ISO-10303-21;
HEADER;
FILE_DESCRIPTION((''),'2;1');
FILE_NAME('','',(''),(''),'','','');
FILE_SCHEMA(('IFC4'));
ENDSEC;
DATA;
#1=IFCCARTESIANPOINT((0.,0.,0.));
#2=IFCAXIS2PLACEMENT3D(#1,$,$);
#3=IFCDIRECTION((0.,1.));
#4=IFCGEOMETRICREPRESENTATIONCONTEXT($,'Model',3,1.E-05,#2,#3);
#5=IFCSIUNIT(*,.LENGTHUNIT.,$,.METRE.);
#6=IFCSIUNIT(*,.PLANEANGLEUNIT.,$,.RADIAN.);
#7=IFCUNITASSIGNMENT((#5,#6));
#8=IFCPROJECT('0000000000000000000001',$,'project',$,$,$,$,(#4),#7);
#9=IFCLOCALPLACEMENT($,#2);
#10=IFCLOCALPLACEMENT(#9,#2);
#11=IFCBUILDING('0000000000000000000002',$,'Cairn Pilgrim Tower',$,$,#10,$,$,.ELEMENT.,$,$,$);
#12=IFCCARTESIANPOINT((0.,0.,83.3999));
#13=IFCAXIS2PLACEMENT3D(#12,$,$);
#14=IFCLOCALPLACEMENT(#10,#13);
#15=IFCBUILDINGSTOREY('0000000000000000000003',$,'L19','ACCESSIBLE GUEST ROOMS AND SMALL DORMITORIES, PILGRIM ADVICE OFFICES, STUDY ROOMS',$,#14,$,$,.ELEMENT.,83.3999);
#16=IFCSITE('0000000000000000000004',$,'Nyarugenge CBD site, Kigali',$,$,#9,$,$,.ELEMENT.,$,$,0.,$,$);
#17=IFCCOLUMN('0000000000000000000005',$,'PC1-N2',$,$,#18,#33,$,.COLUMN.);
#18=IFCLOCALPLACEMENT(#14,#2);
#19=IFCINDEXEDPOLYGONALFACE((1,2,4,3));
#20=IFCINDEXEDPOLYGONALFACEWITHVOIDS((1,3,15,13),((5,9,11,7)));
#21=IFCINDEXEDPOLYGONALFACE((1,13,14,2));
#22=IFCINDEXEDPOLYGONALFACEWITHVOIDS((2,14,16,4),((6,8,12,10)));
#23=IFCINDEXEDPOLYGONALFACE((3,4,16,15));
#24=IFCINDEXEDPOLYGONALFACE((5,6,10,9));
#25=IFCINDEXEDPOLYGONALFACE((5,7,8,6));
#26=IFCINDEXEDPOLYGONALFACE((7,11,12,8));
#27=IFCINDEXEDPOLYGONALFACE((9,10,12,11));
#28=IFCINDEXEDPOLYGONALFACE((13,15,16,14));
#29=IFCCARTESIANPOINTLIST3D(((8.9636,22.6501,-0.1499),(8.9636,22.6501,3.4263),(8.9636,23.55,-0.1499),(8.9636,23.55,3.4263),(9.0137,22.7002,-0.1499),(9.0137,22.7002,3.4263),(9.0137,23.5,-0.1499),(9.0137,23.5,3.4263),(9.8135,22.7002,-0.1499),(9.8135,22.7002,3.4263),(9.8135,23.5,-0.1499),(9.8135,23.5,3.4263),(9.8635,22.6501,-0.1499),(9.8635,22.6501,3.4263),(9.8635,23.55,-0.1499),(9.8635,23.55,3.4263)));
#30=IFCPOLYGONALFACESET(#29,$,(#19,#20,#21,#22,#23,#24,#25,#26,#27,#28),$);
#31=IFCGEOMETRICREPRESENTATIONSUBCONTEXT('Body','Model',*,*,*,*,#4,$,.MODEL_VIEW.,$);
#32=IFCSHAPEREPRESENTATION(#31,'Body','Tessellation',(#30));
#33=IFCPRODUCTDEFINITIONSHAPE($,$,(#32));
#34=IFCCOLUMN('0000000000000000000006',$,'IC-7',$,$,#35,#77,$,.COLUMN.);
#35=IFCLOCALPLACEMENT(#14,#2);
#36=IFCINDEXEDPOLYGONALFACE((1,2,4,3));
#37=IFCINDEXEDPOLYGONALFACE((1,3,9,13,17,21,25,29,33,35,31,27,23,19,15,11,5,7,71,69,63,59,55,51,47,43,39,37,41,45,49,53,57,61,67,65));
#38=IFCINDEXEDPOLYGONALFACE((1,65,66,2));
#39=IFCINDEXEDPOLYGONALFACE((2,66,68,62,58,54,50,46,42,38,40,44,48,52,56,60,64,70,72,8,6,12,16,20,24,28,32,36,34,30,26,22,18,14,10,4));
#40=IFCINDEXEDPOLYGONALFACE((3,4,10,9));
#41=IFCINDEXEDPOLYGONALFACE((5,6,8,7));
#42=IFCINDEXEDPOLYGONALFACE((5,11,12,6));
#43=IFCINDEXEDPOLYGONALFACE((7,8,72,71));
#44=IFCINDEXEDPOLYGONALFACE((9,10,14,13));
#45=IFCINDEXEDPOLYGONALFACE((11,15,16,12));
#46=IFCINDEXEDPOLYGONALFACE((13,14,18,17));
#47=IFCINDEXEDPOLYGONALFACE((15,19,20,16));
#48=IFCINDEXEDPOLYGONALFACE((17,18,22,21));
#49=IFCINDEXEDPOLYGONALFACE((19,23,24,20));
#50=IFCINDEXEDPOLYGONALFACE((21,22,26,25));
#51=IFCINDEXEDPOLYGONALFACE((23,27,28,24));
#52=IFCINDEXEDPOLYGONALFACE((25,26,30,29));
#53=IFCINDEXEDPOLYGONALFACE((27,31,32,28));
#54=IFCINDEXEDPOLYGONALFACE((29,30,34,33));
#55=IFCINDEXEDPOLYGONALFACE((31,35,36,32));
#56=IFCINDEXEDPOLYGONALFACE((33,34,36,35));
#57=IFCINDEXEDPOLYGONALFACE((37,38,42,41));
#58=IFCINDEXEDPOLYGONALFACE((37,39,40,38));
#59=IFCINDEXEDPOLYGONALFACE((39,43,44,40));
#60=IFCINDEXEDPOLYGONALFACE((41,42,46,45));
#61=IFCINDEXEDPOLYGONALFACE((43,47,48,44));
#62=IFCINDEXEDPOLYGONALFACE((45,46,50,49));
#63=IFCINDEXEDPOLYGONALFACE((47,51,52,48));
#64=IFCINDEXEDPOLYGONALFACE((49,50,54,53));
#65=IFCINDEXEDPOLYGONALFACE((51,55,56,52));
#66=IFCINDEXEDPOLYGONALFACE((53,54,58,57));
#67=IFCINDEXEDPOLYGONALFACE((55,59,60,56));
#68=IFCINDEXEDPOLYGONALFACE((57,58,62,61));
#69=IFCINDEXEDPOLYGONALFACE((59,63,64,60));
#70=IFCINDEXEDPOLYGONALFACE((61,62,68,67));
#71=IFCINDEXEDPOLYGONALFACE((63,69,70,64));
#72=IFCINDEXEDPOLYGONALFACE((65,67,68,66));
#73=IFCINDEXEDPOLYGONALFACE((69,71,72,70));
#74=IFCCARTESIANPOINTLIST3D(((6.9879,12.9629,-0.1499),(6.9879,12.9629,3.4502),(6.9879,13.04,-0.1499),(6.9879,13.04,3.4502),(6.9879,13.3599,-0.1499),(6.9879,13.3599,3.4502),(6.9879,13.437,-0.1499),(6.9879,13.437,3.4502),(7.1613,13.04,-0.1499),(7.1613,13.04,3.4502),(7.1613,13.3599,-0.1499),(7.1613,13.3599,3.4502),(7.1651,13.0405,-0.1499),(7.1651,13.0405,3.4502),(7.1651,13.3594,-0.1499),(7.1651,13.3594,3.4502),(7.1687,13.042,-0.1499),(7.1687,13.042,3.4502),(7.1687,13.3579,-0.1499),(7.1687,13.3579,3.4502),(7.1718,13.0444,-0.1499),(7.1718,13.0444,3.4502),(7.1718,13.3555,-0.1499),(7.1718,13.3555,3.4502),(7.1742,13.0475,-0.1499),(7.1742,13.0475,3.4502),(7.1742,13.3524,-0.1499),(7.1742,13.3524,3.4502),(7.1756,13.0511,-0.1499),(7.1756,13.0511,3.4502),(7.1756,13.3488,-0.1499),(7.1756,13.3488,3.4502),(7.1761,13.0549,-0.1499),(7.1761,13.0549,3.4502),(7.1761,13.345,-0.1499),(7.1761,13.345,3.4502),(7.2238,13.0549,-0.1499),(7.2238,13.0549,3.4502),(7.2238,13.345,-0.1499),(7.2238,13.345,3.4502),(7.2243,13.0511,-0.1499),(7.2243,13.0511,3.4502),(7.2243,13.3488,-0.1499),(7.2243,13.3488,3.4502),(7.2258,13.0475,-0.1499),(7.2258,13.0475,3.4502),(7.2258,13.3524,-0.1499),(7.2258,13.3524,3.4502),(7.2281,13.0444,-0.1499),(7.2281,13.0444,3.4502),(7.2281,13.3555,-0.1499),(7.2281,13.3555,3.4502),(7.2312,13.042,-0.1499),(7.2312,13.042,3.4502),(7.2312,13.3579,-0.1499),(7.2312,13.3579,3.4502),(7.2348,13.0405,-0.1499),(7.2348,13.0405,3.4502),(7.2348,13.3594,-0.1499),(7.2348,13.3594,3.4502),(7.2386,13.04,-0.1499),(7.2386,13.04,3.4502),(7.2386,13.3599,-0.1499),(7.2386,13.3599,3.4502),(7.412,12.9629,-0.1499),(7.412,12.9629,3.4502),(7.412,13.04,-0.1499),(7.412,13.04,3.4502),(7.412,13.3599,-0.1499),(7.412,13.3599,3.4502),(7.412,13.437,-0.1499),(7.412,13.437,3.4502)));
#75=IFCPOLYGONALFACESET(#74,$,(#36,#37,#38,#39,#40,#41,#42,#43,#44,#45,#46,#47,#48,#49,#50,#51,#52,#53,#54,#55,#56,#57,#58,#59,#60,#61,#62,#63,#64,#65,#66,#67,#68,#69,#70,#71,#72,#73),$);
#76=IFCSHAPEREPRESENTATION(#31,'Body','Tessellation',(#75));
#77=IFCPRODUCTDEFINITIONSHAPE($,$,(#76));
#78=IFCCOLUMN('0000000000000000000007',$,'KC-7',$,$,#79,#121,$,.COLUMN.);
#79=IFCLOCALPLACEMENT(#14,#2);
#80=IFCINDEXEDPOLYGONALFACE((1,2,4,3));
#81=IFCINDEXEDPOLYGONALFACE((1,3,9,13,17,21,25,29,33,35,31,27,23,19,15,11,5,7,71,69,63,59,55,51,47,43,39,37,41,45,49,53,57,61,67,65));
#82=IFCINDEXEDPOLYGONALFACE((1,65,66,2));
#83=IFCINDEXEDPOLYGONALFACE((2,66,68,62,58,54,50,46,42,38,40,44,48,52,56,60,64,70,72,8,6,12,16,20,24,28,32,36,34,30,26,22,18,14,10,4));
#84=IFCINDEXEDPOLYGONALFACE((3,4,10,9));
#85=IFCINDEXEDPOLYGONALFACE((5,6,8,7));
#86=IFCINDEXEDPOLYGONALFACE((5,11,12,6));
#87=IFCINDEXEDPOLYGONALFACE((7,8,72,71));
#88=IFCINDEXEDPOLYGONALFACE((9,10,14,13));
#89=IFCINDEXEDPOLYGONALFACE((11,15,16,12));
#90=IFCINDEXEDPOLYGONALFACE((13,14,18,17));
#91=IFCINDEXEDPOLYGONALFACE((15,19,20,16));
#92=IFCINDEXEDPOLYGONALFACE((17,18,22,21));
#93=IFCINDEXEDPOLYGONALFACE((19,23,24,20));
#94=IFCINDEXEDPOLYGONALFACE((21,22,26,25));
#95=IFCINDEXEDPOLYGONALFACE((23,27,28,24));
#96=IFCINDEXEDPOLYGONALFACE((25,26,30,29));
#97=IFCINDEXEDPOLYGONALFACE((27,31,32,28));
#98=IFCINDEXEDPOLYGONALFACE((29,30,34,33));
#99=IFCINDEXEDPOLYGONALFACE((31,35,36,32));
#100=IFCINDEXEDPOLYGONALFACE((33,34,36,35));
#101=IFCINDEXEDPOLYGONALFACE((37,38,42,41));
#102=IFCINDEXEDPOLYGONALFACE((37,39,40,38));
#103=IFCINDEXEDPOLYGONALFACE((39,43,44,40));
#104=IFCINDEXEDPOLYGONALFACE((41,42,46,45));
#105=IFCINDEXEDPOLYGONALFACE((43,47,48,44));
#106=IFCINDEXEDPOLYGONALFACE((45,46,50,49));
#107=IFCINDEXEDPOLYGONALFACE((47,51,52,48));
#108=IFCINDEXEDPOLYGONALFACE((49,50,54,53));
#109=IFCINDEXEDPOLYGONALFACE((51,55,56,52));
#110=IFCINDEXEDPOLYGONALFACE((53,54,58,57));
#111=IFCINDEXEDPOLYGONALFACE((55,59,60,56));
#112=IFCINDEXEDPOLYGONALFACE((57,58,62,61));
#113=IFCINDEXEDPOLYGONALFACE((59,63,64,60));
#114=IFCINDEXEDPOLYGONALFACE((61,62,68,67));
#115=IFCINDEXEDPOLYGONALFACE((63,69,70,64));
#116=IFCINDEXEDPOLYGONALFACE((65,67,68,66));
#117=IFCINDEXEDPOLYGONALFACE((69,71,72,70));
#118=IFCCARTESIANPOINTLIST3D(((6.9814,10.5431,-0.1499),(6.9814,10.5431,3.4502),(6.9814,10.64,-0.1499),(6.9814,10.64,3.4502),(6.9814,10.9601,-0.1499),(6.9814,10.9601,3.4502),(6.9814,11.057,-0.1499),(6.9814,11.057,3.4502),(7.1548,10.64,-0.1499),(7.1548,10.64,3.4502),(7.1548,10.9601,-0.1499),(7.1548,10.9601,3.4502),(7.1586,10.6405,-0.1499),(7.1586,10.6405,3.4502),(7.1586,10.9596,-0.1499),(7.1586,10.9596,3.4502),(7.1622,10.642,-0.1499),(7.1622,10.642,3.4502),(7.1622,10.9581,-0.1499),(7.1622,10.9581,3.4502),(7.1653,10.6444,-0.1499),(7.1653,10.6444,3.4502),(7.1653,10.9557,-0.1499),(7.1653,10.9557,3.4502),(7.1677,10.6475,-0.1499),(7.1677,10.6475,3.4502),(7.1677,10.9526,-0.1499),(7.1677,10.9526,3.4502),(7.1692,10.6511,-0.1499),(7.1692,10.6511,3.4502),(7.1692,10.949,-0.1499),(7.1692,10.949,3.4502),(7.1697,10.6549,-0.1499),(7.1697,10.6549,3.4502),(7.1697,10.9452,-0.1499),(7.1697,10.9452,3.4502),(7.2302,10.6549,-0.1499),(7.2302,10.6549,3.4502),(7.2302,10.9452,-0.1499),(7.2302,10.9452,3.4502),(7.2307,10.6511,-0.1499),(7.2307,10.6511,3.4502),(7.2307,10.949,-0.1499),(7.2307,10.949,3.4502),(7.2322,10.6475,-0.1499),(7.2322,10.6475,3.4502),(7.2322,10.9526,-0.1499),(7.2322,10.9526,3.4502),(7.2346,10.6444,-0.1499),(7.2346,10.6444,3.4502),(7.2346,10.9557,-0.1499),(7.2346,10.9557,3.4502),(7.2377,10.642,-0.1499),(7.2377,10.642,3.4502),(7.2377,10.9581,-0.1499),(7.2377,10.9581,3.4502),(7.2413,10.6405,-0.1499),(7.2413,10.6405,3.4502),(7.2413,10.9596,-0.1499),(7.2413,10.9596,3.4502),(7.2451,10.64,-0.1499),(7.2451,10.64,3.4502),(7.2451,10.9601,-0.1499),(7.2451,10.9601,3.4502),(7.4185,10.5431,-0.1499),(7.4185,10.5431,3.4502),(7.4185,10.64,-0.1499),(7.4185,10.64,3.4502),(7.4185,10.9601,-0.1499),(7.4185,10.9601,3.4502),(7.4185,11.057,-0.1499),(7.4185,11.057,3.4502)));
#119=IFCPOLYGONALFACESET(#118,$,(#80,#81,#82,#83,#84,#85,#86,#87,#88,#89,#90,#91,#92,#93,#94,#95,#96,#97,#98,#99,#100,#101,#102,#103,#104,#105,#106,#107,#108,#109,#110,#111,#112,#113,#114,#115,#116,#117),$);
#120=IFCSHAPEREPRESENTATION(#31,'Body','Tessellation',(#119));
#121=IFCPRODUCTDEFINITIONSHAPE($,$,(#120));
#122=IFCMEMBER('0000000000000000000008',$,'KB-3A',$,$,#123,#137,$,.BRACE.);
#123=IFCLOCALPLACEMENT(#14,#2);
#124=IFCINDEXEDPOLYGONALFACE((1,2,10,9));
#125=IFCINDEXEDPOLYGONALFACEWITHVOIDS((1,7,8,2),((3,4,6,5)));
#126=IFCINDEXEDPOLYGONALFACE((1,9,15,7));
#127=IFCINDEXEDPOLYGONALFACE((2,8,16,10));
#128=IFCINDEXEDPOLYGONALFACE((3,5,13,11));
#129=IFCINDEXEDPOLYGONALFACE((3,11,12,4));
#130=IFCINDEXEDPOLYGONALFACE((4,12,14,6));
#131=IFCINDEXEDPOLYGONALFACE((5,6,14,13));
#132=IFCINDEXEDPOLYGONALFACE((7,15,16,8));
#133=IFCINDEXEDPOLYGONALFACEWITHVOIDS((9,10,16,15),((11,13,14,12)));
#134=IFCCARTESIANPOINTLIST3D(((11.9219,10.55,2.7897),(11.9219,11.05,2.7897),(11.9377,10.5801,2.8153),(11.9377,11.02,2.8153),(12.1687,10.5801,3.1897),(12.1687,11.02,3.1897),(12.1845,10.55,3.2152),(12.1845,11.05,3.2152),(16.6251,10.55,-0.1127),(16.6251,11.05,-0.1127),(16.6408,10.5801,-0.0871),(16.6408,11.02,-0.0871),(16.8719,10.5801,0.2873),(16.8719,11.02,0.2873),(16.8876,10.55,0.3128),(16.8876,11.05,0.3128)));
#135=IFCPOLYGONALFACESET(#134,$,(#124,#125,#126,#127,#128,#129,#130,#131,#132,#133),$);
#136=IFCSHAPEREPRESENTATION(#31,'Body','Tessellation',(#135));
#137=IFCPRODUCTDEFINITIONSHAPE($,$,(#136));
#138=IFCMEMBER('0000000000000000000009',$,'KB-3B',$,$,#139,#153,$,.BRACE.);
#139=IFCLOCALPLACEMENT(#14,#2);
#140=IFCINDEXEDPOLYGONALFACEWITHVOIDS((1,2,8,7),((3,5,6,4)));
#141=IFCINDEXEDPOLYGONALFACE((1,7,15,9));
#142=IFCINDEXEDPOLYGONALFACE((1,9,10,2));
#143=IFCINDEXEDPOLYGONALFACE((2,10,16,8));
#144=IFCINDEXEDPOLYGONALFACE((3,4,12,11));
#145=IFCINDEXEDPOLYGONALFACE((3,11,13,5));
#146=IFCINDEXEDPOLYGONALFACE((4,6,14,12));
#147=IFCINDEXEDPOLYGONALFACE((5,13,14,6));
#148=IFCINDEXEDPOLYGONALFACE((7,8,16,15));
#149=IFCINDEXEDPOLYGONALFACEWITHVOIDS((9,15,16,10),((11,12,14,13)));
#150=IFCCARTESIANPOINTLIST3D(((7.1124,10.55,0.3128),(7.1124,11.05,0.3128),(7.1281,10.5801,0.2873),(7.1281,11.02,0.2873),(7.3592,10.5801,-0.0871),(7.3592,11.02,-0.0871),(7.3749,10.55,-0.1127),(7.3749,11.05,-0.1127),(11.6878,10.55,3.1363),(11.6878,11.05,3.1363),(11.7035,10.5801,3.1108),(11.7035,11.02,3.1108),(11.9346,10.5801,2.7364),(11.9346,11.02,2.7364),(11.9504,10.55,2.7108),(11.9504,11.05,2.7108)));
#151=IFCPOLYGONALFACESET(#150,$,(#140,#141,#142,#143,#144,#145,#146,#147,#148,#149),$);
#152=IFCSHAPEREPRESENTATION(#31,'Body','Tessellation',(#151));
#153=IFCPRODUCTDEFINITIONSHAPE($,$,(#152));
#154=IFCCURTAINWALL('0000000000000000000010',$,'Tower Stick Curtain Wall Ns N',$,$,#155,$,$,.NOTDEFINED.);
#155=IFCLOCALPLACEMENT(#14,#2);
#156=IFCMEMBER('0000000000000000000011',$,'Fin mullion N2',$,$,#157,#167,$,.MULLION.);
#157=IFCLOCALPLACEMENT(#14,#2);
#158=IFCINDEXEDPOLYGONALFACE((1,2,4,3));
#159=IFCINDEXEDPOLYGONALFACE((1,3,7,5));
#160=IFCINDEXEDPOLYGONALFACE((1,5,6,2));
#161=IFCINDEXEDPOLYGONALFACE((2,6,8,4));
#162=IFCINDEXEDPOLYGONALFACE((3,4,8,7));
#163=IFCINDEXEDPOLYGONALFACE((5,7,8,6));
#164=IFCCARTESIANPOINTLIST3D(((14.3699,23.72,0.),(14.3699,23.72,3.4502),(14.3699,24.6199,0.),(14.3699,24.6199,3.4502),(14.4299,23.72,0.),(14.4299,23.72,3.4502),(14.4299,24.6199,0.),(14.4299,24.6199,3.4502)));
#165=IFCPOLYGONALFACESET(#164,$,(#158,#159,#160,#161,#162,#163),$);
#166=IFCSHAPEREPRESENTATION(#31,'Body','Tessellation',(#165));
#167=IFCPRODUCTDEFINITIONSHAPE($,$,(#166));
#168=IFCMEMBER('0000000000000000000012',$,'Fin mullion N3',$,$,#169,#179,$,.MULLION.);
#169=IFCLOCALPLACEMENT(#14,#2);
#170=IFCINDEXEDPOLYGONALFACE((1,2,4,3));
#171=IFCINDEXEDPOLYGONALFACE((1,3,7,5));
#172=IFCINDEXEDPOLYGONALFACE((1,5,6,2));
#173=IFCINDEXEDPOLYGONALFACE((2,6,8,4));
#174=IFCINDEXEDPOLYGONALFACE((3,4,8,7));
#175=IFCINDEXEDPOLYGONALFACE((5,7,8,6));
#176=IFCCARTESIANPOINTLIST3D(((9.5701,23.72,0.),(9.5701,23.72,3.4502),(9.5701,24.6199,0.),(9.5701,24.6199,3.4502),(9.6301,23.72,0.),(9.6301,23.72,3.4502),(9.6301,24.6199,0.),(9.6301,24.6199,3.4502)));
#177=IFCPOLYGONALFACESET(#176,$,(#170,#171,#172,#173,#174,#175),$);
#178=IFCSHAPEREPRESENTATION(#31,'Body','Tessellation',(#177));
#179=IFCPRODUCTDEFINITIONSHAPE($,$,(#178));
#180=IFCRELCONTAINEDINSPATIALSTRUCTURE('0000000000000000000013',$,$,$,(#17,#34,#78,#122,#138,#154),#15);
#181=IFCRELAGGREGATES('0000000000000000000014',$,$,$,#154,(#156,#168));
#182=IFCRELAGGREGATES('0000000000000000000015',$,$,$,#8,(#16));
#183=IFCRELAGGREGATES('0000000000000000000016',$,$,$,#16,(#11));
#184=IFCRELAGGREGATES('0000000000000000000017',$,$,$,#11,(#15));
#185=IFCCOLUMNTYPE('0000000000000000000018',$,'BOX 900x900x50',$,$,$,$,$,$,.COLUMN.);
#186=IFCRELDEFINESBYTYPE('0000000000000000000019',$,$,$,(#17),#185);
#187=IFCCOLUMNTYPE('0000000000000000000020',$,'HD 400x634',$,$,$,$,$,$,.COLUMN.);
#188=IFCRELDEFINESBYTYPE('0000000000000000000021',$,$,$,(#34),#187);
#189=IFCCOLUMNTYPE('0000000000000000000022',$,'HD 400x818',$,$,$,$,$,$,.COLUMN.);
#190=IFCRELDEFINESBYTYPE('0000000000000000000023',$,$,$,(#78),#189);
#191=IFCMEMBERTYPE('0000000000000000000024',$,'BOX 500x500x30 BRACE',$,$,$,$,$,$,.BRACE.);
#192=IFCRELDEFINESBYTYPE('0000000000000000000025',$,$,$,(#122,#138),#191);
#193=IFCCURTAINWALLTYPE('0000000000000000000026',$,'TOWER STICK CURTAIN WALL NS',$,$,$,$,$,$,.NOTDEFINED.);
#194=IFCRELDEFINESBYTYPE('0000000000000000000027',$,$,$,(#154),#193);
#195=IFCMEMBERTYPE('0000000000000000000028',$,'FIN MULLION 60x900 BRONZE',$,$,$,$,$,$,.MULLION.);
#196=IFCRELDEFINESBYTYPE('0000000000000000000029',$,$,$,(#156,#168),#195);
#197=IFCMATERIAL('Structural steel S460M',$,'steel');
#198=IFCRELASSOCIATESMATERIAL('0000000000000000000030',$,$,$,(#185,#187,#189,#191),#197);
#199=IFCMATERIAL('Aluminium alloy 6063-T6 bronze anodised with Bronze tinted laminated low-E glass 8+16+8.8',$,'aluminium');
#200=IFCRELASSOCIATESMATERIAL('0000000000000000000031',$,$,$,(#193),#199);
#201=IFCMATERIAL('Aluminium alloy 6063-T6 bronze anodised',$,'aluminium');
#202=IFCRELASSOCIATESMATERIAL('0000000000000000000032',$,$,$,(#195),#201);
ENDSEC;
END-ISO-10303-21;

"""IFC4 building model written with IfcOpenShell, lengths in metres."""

from ifc_helpers import new_model, si_unit, direction, frame, origin, origin_2d, place, context, subcontext, project, spatial, rectangle, hollow_rectangle, i_section, extrude, clip, halfspace, material, material_profile, profile_set, type_object, element, aggregate, save


model = new_model("IFC4")

# Units and contexts
model_context = context("Model", 3, precision=1e-05, world=origin(), true_north=direction((0.0, 1.0)))
body_context = subcontext(model_context, "Body", "Model", "MODEL_VIEW")
ifc_project = project(units=[si_unit("LENGTHUNIT", "METRE"), si_unit("PLANEANGLEUNIT", "RADIAN")], contexts=[model_context])

# Site, building, storey
site_placement = place(None, origin())
site = spatial("IfcSite", under=ifc_project, at=site_placement, Name="Nyarugenge CBD site, Kigali", CompositionType="ELEMENT", RefElevation=0.0)
building_placement = place(site_placement, origin())
building = spatial("IfcBuilding", under=site, at=building_placement, Name="Cairn Pilgrim Tower", CompositionType="ELEMENT")
storey_placement = place(building_placement, frame((0.0, 0.0, 83.3999)))
storey = spatial("IfcBuildingStorey", under=building, at=storey_placement, Name="L19", Description="ACCESSIBLE GUEST ROOMS AND SMALL DORMITORIES, PILGRIM ADVICE OFFICES, STUDY ROOMS", CompositionType="ELEMENT", Elevation=83.3999)

# Columns
ifc_material_1 = material(Name="Structural steel S460M", Category="steel")
ifc_material_profile_1 = material_profile(ifc_material_1, hollow_rectangle(XDim=0.8999, YDim=0.8999, WallThickness=0.05, at=origin_2d()), Name="BOX 900x900x50")
ifc_profile_set_1 = profile_set([ifc_material_profile_1], Name="Structural steel S460M")
column_type_1 = type_object("IfcColumnType", Name="BOX 900x900x50", PredefinedType="COLUMN", material=ifc_profile_set_1)
column_1_placement = place(storey_placement, frame((9.4136, 23.1001, -0.1499), z_axis=(0.0, 0.0, 1.0), x_axis=(1.0, 0.0, 0.0)))
element("IfcColumn", 1, at=column_1_placement, inside=storey, type_object=column_type_1, Name="PC1-N2", PredefinedType="COLUMN", context=body_context, shape_type="Clipping", body=[
    clip(extrude(hollow_rectangle(XDim=0.8999, YDim=0.8999, WallThickness=0.05, at=origin_2d()), origin(), (0.0, 0.0, 1.0), 3.6001), halfspace(frame((0.0, 0.0, 3.5762), z_axis=(0.0, 0.0, 1.0), x_axis=(1.0, 0.0, 0.0)), False)),
])
ifc_material_profile_2 = material_profile(ifc_material_1, i_section(OverallWidth=0.4241, OverallDepth=0.4741, WebThickness=0.0476, FlangeThickness=0.0771, FilletRadius=0.0149, at=origin_2d()), Name="HD 400x634")
ifc_profile_set_2 = profile_set([ifc_material_profile_2], Name="Structural steel S460M")
column_type_2 = type_object("IfcColumnType", Name="HD 400x634", PredefinedType="COLUMN", material=ifc_profile_set_2)
column_2_placement = place(storey_placement, frame((7.2, 13.2, -0.1499), z_axis=(0.0, 0.0, 1.0), x_axis=(1.0, 0.0, 0.0)))
element("IfcColumn", 2, at=column_2_placement, inside=storey, type_object=column_type_2, Name="IC-7", PredefinedType="COLUMN", context=body_context, shape_type="SweptSolid", body=[
    extrude(i_section(OverallWidth=0.4241, OverallDepth=0.4741, WebThickness=0.0476, FlangeThickness=0.0771, FilletRadius=0.0149, at=origin_2d()), origin(), (0.0, 0.0, 1.0), 3.6001),
])
ifc_material_profile_3 = material_profile(ifc_material_1, i_section(OverallWidth=0.437, OverallDepth=0.5139, WebThickness=0.0605, FlangeThickness=0.0969, FilletRadius=0.0149, at=origin_2d()), Name="HD 400x818")
ifc_profile_set_3 = profile_set([ifc_material_profile_3], Name="Structural steel S460M")
column_type_3 = type_object("IfcColumnType", Name="HD 400x818", PredefinedType="COLUMN", material=ifc_profile_set_3)
column_3_placement = place(storey_placement, frame((7.2, 10.8, -0.1499), z_axis=(0.0, 0.0, 1.0), x_axis=(1.0, 0.0, 0.0)))
element("IfcColumn", 3, at=column_3_placement, inside=storey, type_object=column_type_3, Name="KC-7", PredefinedType="COLUMN", context=body_context, shape_type="SweptSolid", body=[
    extrude(i_section(OverallWidth=0.437, OverallDepth=0.5139, WebThickness=0.0605, FlangeThickness=0.0969, FilletRadius=0.0149, at=origin_2d()), origin(), (0.0, 0.0, 1.0), 3.6001),
])

# Members
ifc_material_profile_4 = material_profile(ifc_material_1, hollow_rectangle(XDim=0.5, YDim=0.5, WallThickness=0.03, at=origin_2d()), Name="BOX 500x500x30")
ifc_profile_set_4 = profile_set([ifc_material_profile_4], Name="Structural steel S460M")
member_type_1 = type_object("IfcMemberType", Name="BOX 500x500x30 BRACE", PredefinedType="BRACE", material=ifc_profile_set_4)
member_1_placement = place(storey_placement, frame((16.7563, 10.8, 0.1001), z_axis=(-0.851002, 0.0, 0.525162), x_axis=(0.0, -1.0, 0.0)))
element("IfcMember", 4, at=member_1_placement, inside=storey, type_object=member_type_1, Name="KB-3A", PredefinedType="BRACE", context=body_context, shape_type="SweptSolid", body=[
    extrude(hollow_rectangle(XDim=0.5, YDim=0.5, WallThickness=0.03, at=origin_2d()), origin(), (0.0, 0.0, 1.0), 5.5266),
])
member_2_placement = place(storey_placement, frame((7.2437, 10.8, 0.1001), z_axis=(0.851008, 0.0, 0.525154), x_axis=(0.0, 1.0, 0.0)))
element("IfcMember", 5, at=member_2_placement, inside=storey, type_object=member_type_1, Name="KB-3B", PredefinedType="BRACE", context=body_context, shape_type="SweptSolid", body=[
    extrude(hollow_rectangle(XDim=0.5, YDim=0.5, WallThickness=0.03, at=origin_2d()), origin(), (0.0, 0.0, 1.0), 5.3765),
])

# Curtain wall, members
ifc_material_2 = material(Name="Aluminium alloy 6063-T6 bronze anodised with Bronze tinted laminated low-E glass 8+16+8.8", Category="aluminium")
curtain_wall_type = type_object("IfcCurtainWallType", Name="TOWER STICK CURTAIN WALL NS", PredefinedType="NOTDEFINED", material=ifc_material_2)
curtain_wall_placement = place(storey_placement, origin())
curtain_wall = element("IfcCurtainWall", 6, at=curtain_wall_placement, inside=storey, type_object=curtain_wall_type, Name="Tower Stick Curtain Wall Ns N", PredefinedType="NOTDEFINED")
ifc_material_3 = material(Name="Aluminium alloy 6063-T6 bronze anodised", Category="aluminium")
ifc_material_profile_5 = material_profile(ifc_material_3, rectangle(XDim=0.8999, YDim=0.0601, at=origin_2d()), Name="FIN MULLION 60x900 BRONZE")
ifc_profile_set_5 = profile_set([ifc_material_profile_5], Name="Aluminium alloy 6063-T6 bronze anodised")
member_type_2 = type_object("IfcMemberType", Name="FIN MULLION 60x900 BRONZE", PredefinedType="MULLION", material=ifc_profile_set_5)
member_3_placement = place(storey_placement, frame((14.3999, 24.1699, 0.0), z_axis=(0.0, 0.0, 1.0), x_axis=(0.0, 1.0, 0.0)))
member_3 = element("IfcMember", 7, at=member_3_placement, type_object=member_type_2, Name="Fin mullion N2", PredefinedType="MULLION", context=body_context, shape_type="SweptSolid", body=[
    extrude(rectangle(XDim=0.8999, YDim=0.0601, at=origin_2d()), origin(), (0.0, 0.0, 1.0), 3.4502),
])
member_4_placement = place(storey_placement, frame((9.6001, 24.1699, 0.0), z_axis=(0.0, 0.0, 1.0), x_axis=(0.0, 1.0, 0.0)))
member_4 = element("IfcMember", 8, at=member_4_placement, type_object=member_type_2, Name="Fin mullion N3", PredefinedType="MULLION", context=body_context, shape_type="SweptSolid", body=[
    extrude(rectangle(XDim=0.8999, YDim=0.0601, at=origin_2d()), origin(), (0.0, 0.0, 1.0), 3.4502),
])

aggregate(curtain_wall, [member_3, member_4])

save(model, "model.ifc")
